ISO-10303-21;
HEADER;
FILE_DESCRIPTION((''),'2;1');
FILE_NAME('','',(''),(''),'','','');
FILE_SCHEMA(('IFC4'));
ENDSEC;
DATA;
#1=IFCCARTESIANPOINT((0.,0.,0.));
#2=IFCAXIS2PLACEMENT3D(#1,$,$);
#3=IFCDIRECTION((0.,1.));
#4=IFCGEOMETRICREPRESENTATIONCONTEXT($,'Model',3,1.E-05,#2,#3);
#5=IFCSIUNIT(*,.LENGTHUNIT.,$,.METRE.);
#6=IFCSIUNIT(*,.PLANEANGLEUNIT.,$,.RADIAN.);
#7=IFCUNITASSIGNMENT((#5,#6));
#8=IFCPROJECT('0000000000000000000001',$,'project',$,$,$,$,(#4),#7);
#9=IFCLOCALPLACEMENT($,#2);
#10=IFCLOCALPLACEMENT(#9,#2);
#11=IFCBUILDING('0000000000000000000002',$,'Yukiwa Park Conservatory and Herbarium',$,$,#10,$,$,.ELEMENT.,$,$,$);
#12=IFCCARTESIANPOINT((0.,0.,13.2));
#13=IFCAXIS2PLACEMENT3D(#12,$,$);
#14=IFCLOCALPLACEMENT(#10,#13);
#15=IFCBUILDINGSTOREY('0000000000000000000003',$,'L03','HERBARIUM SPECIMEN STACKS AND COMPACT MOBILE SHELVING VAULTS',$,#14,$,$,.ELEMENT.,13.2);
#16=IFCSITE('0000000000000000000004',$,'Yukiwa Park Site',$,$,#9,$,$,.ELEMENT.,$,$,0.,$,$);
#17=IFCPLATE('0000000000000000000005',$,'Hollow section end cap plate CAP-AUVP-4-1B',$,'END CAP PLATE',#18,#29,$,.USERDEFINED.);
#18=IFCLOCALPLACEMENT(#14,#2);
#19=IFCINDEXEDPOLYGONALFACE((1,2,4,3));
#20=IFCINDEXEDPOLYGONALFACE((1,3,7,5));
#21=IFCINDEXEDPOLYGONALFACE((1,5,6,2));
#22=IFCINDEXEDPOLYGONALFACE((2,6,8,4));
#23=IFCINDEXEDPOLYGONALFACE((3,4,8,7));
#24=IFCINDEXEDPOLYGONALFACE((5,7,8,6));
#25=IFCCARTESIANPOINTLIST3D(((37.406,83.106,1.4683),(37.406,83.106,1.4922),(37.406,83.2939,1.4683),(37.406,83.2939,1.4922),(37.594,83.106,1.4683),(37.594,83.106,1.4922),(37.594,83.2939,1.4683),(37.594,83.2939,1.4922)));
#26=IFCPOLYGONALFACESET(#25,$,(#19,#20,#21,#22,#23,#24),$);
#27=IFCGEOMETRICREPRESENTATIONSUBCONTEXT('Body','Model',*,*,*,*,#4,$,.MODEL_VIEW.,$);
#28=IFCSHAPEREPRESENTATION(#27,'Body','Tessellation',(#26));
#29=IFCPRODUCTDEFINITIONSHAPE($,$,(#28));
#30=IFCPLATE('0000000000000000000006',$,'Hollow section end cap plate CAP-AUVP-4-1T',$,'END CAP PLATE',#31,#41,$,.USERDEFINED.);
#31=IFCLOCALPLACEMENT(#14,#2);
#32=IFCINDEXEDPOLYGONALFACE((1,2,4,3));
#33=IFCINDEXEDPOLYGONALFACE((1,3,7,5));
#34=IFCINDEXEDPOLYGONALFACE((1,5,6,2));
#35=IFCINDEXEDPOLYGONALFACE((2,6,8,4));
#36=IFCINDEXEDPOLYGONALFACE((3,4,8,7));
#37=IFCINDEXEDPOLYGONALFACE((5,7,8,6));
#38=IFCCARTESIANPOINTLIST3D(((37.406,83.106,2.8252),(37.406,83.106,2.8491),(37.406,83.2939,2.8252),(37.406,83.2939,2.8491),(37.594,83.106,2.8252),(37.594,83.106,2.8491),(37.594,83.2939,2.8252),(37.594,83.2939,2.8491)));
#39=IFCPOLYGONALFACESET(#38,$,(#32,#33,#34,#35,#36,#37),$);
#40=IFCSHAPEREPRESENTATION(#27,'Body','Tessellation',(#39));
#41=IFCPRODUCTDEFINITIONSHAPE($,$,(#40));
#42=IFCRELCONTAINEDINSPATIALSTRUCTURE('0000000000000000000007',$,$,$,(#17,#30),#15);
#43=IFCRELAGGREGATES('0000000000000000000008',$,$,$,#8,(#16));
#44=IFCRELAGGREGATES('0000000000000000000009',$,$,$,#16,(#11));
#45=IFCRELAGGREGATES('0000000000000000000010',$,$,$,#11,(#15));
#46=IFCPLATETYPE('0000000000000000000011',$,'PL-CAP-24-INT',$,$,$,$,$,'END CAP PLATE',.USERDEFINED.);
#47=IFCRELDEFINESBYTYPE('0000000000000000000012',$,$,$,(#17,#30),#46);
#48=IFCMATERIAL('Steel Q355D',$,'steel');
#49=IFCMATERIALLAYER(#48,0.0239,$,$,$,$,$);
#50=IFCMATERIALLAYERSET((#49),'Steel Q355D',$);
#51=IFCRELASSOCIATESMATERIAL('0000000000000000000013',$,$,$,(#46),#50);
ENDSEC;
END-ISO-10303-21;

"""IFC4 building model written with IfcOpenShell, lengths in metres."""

from ifc_helpers import new_model, si_unit, direction, frame, origin, origin_2d, place, context, subcontext, project, spatial, rectangle, extrude, material, layer, layer_set, type_object, element, save


model = new_model("IFC4")

# Units and contexts
model_context = context("Model", 3, precision=1e-05, world=origin(), true_north=direction((0.0, 1.0)))
body_context = subcontext(model_context, "Body", "Model", "MODEL_VIEW")
ifc_project = project(units=[si_unit("LENGTHUNIT", "METRE"), si_unit("PLANEANGLEUNIT", "RADIAN")], contexts=[model_context])

# Site, building, storey
site_placement = place(None, origin())
site = spatial("IfcSite", under=ifc_project, at=site_placement, Name="Yukiwa Park Site", CompositionType="ELEMENT", RefElevation=0.0)
building_placement = place(site_placement, origin())
building = spatial("IfcBuilding", under=site, at=building_placement, Name="Yukiwa Park Conservatory and Herbarium", CompositionType="ELEMENT")
storey_placement = place(building_placement, frame((0.0, 0.0, 13.2)))
storey = spatial("IfcBuildingStorey", under=building, at=storey_placement, Name="L03", Description="HERBARIUM SPECIMEN STACKS AND COMPACT MOBILE SHELVING VAULTS", CompositionType="ELEMENT", Elevation=13.2)

# Plates
ifc_material_1 = material(Name="Steel Q355D", Category="steel")
ifc_layer = layer(ifc_material_1, 0.0239)
ifc_layer_set = layer_set([ifc_layer], Name="Steel Q355D")
plate_type = type_object("IfcPlateType", Name="PL-CAP-24-INT", ElementType="END CAP PLATE", PredefinedType="USERDEFINED", material=ifc_layer_set)
for number, where, z_axis, x_axis, name in (
    (1, (37.5, 83.2, 1.4922), (0.0, 0.0, -1.0), (1.0, 0.0, 0.0), "Hollow section end cap plate CAP-AUVP-4-1B"),
    (2, (37.5, 83.2, 2.8252), (0.0, 0.0, 1.0), (1.0, 0.0, 0.0), "Hollow section end cap plate CAP-AUVP-4-1T"),
):
    element("IfcPlate", number, at=place(storey_placement, frame(where, z_axis=z_axis, x_axis=x_axis)), inside=storey, type_object=plate_type, Name=name, ObjectType="END CAP PLATE", PredefinedType="USERDEFINED", context=body_context, shape_type="SweptSolid", body=[
        extrude(rectangle(XDim=0.188, YDim=0.188, at=origin_2d()), origin(), (0.0, 0.0, 1.0), 0.0239),
    ])

save(model, "model.ifc")
